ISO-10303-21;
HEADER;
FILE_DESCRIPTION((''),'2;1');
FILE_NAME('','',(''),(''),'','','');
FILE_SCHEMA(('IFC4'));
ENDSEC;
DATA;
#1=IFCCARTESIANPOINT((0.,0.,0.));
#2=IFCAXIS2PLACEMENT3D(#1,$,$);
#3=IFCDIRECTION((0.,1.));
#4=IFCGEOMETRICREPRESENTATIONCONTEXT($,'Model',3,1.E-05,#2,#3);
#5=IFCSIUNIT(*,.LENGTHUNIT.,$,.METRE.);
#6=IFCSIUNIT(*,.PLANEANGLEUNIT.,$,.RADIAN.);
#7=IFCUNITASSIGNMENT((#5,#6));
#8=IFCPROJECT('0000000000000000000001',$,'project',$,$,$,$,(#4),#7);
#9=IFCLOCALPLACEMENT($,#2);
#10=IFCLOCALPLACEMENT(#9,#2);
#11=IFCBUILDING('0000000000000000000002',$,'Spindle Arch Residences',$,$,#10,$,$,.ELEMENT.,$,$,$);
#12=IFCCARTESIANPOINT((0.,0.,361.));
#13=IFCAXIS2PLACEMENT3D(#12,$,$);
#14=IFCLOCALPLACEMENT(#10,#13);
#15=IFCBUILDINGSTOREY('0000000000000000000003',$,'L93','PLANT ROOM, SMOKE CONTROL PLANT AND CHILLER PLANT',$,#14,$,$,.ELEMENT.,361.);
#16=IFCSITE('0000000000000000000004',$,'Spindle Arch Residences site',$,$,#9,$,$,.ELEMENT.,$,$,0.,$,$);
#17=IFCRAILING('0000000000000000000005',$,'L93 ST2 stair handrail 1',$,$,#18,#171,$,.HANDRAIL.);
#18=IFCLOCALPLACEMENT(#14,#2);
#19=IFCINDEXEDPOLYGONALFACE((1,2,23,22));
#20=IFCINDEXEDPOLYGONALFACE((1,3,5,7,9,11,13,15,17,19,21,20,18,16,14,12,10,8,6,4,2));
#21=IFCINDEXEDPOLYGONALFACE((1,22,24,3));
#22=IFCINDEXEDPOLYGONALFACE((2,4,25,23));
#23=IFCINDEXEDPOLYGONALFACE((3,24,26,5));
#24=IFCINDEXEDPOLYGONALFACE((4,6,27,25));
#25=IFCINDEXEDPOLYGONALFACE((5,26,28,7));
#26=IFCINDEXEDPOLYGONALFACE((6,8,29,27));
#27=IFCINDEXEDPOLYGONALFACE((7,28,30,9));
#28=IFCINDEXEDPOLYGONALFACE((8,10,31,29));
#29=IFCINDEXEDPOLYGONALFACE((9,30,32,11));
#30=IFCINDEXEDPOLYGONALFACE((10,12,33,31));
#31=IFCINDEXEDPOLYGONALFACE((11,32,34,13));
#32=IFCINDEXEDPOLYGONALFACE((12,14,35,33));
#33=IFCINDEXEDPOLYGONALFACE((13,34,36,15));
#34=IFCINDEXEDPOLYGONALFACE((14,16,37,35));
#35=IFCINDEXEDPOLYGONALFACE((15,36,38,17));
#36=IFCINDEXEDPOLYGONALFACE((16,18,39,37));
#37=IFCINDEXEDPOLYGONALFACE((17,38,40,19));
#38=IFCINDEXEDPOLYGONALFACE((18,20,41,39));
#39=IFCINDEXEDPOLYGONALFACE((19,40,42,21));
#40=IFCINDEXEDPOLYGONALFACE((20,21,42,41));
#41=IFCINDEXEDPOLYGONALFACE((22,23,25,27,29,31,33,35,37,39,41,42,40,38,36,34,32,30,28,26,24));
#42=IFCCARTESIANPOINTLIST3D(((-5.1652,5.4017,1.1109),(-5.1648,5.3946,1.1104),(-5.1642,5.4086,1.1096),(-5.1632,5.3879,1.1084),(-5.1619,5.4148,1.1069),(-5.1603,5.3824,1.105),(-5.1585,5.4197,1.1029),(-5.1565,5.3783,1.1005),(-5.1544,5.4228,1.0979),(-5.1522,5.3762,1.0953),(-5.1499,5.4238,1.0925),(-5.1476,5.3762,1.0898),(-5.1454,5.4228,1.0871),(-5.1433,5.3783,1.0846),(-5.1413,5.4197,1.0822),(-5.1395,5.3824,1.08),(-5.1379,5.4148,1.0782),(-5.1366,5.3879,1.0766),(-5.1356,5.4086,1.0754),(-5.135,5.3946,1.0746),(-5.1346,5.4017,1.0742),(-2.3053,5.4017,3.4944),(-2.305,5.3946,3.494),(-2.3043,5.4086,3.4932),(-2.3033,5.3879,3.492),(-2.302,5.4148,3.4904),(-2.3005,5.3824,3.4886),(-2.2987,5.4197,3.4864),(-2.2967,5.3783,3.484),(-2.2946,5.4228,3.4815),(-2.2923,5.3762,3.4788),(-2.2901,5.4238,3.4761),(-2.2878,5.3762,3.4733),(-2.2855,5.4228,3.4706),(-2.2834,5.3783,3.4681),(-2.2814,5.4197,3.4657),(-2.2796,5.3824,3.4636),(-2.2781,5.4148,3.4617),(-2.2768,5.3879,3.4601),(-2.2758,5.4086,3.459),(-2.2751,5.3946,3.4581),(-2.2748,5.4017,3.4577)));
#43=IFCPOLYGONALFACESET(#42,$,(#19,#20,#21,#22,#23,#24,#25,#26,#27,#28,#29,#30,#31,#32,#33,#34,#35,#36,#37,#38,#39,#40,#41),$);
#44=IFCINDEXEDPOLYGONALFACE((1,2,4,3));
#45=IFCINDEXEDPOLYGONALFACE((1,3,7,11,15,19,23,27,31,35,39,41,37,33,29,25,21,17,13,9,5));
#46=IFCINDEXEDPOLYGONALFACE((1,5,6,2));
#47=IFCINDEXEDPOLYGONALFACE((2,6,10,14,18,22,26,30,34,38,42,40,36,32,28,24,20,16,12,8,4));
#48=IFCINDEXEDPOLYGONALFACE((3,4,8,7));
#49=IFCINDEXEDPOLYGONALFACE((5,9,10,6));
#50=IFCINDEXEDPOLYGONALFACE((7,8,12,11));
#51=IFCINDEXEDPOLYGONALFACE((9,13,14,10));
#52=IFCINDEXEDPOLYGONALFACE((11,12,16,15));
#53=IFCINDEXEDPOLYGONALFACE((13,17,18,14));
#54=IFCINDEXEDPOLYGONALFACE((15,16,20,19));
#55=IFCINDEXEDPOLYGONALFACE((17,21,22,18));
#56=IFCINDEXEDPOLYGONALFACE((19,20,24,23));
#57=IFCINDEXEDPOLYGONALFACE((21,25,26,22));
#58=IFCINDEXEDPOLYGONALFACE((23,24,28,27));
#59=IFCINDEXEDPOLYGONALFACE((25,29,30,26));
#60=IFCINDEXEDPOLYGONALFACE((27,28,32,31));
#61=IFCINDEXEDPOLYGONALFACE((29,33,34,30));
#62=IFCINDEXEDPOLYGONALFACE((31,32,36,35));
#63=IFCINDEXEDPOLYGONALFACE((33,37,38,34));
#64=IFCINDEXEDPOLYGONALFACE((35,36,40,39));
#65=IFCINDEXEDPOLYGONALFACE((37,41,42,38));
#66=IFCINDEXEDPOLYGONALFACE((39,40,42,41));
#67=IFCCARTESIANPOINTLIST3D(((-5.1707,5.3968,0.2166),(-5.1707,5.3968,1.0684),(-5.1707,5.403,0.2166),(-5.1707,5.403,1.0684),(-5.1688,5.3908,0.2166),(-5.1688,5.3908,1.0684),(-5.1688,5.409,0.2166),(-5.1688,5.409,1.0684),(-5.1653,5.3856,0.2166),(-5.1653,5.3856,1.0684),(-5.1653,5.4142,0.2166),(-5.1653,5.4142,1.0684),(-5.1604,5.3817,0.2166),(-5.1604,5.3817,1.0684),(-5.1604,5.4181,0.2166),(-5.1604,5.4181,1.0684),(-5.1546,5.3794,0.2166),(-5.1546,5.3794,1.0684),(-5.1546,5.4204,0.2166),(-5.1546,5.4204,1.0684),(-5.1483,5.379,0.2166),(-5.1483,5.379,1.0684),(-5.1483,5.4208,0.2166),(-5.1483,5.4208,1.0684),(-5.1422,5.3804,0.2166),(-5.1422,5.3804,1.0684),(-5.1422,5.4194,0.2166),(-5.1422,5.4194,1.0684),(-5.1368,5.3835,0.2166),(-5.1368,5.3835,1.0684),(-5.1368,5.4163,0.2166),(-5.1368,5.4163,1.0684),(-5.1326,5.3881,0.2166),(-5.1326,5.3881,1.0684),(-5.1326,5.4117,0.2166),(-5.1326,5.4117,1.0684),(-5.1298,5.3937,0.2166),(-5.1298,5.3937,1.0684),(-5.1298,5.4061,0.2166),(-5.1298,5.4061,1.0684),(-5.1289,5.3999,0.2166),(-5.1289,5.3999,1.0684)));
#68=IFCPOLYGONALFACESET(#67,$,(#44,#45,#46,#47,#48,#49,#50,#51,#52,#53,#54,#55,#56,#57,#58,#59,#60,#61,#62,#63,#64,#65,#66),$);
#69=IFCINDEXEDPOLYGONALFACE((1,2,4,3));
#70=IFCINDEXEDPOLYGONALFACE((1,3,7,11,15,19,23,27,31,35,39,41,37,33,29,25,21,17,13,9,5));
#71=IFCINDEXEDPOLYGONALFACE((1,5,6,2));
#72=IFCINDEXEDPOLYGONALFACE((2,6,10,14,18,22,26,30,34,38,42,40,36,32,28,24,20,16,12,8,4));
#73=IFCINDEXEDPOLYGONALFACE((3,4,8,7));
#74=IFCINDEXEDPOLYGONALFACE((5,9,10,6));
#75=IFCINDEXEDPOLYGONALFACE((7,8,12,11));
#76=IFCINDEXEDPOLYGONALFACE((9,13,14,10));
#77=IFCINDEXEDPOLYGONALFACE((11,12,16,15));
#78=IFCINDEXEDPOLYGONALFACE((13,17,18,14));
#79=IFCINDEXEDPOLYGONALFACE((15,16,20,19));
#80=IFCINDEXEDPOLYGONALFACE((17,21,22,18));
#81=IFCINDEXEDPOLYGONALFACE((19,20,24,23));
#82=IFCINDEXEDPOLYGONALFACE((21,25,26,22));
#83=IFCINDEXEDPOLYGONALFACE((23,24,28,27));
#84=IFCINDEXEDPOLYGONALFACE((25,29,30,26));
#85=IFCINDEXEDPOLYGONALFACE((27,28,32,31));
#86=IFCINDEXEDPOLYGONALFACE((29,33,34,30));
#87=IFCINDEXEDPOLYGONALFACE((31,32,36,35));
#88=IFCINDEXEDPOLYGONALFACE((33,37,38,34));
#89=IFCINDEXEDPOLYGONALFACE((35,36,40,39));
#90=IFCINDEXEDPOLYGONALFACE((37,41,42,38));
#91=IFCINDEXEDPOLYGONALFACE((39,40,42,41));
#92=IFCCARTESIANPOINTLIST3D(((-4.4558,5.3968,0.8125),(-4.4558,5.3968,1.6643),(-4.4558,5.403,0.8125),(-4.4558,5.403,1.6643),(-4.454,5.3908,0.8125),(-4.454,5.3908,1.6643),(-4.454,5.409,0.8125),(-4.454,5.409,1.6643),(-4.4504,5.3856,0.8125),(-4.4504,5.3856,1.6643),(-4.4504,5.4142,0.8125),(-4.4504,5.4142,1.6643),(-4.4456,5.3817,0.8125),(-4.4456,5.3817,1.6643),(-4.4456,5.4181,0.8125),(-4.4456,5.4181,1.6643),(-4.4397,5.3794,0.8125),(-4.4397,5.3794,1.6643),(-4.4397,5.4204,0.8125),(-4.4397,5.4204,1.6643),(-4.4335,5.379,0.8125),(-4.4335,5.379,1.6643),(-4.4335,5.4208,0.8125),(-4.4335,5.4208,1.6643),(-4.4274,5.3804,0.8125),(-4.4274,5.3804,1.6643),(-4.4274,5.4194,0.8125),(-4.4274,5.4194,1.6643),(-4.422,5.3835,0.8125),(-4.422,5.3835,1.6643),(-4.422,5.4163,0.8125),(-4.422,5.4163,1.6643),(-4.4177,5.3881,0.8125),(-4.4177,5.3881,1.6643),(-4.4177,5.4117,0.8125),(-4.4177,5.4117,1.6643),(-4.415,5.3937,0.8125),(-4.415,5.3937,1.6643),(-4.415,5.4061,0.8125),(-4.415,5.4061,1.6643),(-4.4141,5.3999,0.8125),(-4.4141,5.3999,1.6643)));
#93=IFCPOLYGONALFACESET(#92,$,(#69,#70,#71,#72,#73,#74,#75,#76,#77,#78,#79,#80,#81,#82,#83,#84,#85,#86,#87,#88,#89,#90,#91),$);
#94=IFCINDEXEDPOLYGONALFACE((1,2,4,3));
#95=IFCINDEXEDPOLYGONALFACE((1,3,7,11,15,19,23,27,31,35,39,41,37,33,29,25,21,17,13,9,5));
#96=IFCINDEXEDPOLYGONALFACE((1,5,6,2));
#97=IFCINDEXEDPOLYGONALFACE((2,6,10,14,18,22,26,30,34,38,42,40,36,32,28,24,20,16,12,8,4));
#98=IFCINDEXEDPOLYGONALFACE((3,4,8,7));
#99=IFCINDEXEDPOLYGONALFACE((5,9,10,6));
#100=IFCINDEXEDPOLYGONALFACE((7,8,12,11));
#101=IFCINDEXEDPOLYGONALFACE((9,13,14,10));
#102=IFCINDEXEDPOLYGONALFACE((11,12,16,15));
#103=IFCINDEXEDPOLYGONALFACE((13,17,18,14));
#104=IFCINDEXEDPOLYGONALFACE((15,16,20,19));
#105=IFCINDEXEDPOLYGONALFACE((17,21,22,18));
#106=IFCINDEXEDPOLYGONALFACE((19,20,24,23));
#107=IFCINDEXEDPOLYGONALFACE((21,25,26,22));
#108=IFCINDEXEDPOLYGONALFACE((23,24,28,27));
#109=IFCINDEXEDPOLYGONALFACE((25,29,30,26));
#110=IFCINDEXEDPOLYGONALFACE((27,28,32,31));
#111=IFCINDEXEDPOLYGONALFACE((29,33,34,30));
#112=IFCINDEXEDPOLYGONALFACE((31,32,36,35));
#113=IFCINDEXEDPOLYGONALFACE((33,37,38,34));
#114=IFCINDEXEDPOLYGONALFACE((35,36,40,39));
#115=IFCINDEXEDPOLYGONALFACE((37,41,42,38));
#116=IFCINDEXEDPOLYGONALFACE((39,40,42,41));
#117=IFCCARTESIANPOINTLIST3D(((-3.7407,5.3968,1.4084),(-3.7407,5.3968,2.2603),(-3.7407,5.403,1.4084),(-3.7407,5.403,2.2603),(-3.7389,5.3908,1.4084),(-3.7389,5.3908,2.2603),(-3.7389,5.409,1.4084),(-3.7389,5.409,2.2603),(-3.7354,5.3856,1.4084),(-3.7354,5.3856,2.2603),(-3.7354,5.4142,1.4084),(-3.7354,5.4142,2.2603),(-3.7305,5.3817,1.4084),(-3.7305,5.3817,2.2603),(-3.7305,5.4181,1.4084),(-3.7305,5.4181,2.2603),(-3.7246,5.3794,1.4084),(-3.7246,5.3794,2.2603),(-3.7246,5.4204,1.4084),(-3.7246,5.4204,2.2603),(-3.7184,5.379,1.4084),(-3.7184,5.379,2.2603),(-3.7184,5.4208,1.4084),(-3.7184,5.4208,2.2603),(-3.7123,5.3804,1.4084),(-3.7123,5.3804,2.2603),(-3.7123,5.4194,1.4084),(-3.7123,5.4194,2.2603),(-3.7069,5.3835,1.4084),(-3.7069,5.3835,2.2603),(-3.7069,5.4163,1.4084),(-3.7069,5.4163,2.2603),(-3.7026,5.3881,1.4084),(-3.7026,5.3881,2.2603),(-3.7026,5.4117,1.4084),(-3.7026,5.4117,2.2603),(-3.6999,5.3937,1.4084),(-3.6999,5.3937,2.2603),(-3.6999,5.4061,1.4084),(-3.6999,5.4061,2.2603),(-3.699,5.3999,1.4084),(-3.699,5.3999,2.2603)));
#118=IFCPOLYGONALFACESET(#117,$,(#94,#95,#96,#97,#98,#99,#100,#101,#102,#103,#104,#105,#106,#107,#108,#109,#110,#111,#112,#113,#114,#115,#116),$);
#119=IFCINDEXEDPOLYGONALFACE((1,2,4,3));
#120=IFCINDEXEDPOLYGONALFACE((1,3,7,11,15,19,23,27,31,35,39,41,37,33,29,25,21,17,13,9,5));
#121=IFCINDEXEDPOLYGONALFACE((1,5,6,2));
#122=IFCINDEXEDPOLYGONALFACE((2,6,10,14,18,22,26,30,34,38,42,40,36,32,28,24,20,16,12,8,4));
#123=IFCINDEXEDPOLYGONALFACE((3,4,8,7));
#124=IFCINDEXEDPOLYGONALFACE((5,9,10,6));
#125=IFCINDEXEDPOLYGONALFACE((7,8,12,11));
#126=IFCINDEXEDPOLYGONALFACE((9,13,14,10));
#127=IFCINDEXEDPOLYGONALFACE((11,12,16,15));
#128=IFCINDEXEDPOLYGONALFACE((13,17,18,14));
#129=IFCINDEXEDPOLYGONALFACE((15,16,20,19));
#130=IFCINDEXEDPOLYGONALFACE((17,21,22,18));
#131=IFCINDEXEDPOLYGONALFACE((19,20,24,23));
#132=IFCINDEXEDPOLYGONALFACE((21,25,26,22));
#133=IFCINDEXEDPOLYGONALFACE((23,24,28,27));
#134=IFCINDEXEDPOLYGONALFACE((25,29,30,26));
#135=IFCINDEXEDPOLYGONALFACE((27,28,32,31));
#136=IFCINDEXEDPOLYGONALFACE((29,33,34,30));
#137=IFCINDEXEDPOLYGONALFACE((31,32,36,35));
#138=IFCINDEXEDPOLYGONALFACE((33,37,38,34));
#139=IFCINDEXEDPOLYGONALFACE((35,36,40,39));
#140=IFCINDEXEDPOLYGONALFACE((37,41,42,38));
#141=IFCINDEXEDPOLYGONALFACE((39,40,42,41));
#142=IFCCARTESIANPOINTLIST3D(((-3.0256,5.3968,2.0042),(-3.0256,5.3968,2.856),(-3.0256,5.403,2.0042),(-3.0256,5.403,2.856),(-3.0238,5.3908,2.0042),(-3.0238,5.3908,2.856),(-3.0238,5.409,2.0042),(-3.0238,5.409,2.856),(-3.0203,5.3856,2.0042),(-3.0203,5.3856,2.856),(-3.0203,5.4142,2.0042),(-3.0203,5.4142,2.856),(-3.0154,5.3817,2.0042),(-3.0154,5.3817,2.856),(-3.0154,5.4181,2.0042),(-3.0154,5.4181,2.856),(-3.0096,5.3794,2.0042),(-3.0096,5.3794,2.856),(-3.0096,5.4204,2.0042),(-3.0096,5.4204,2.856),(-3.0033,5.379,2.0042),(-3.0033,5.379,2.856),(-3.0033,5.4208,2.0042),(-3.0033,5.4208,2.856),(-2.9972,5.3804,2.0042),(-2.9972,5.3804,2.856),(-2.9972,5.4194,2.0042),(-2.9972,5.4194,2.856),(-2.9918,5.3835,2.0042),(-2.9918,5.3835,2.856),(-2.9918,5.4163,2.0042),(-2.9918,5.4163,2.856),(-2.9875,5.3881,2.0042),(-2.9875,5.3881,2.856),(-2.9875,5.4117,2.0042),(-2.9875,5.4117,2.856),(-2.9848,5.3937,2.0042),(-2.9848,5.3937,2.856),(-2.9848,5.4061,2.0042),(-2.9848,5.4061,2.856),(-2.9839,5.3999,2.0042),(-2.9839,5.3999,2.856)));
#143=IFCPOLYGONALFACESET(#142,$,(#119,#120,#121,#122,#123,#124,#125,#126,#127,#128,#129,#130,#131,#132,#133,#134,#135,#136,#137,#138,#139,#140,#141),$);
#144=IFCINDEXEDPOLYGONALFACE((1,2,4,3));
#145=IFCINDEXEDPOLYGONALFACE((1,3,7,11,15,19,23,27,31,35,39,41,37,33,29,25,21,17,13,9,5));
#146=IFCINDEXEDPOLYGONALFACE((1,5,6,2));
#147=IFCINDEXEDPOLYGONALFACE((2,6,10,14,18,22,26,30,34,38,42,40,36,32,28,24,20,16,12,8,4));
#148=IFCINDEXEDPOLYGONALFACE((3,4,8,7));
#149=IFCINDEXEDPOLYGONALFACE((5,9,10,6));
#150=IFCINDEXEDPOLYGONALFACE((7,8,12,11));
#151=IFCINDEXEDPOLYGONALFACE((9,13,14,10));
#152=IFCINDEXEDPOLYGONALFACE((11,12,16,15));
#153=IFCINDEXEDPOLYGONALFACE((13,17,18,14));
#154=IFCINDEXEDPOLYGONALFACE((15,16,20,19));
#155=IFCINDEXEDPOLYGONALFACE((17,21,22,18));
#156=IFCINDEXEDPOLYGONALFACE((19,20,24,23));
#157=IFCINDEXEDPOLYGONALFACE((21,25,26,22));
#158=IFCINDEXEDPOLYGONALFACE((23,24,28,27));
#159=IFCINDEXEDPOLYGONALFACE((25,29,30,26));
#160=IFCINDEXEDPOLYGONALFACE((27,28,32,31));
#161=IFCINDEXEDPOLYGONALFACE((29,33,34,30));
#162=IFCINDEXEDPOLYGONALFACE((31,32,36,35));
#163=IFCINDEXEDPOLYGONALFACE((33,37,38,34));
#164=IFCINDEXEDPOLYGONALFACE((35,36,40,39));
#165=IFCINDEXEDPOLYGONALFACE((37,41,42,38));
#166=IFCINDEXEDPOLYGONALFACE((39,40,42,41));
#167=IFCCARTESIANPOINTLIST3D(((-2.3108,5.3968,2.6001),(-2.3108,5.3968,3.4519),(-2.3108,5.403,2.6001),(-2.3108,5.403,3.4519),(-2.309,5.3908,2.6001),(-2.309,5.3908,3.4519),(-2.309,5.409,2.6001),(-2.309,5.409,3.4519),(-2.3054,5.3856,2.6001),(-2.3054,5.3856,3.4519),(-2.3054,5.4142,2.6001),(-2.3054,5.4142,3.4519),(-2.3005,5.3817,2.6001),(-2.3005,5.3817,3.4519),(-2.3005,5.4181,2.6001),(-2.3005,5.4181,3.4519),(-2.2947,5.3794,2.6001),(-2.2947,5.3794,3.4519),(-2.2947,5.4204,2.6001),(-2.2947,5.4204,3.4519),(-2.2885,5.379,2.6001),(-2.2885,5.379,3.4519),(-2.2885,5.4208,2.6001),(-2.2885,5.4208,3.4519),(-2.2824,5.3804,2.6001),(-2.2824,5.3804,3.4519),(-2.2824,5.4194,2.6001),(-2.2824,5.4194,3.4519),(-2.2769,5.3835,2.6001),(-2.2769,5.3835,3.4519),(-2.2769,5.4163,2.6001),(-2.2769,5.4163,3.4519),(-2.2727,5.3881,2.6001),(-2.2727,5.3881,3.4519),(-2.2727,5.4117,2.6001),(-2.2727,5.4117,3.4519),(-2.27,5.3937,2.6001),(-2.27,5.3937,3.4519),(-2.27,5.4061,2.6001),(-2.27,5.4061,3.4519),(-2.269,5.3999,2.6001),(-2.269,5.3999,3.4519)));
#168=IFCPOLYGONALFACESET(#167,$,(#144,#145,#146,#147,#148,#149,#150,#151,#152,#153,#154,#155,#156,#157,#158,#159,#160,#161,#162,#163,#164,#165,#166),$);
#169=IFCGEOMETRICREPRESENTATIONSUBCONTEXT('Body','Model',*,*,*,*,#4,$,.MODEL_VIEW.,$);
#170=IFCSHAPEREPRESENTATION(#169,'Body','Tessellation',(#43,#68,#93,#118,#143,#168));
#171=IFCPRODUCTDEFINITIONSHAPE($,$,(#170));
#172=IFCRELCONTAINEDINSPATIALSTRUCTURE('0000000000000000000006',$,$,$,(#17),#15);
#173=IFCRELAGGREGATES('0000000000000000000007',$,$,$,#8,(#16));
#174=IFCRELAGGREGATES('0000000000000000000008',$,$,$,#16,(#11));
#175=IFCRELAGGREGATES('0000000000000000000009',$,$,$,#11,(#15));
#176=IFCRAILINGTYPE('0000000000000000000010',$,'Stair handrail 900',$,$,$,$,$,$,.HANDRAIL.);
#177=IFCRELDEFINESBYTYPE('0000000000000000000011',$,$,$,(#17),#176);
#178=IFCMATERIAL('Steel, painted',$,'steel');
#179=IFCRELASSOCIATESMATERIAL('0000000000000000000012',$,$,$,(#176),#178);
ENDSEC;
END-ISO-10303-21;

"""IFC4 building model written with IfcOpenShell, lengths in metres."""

from ifc_helpers import new_model, si_unit, direction, frame, origin, origin_2d, place, context, subcontext, project, spatial, circle, extrude, material, type_object, element, save


model = new_model("IFC4")

# Units and contexts
model_context = context("Model", 3, precision=1e-05, world=origin(), true_north=direction((0.0, 1.0)))
body_context = subcontext(model_context, "Body", "Model", "MODEL_VIEW")
ifc_project = project(units=[si_unit("LENGTHUNIT", "METRE"), si_unit("PLANEANGLEUNIT", "RADIAN")], contexts=[model_context])

# Site, building, storey
site_placement = place(None, origin())
site = spatial("IfcSite", under=ifc_project, at=site_placement, Name="Spindle Arch Residences site", CompositionType="ELEMENT", RefElevation=0.0)
building_placement = place(site_placement, origin())
building = spatial("IfcBuilding", under=site, at=building_placement, Name="Spindle Arch Residences", CompositionType="ELEMENT")
storey_placement = place(building_placement, frame((0.0, 0.0, 361.0)))
storey = spatial("IfcBuildingStorey", under=building, at=storey_placement, Name="L93", Description="PLANT ROOM, SMOKE CONTROL PLANT AND CHILLER PLANT", CompositionType="ELEMENT", Elevation=361.0)

# Railing
ifc_material_1 = material(Name="Steel, painted", Category="steel")
railing_type_1 = type_object("IfcRailingType", Name="Stair handrail 900", PredefinedType="HANDRAIL", material=ifc_material_1)
railing_1_placement = place(storey_placement, frame((-5.1499, 5.3999, 0.2166)))
element("IfcRailing", 1, at=railing_1_placement, inside=storey, type_object=railing_type_1, Name="L93 ST2 stair handrail 1", PredefinedType="HANDRAIL", context=body_context, shape_type="SweptSolid", body=[
    extrude(circle(Radius=0.0239, at=origin_2d()), frame((0.0, 0.0, 0.876), z_axis=(0.768178, 0.0, 0.640236), x_axis=(0.0, 1.0, 0.0)), (0.0, 0.0, 1.0), 3.7229),
    extrude(circle(Radius=0.021, at=origin_2d()), origin(), (0.0, 0.0, 1.0), 0.8518),
    extrude(circle(Radius=0.021, at=origin_2d()), frame((0.7148, 0.0, 0.5959)), (0.0, 0.0, 1.0), 0.8518),
    extrude(circle(Radius=0.021, at=origin_2d()), frame((1.4299, 0.0, 1.1919)), (0.0, 0.0, 1.0), 0.8518),
    extrude(circle(Radius=0.021, at=origin_2d()), frame((2.145, 0.0, 1.7876)), (0.0, 0.0, 1.0), 0.8518),
    extrude(circle(Radius=0.021, at=origin_2d()), frame((2.8599, 0.0, 2.3835)), (0.0, 0.0, 1.0), 0.8518),
])

save(model, "model.ifc")
